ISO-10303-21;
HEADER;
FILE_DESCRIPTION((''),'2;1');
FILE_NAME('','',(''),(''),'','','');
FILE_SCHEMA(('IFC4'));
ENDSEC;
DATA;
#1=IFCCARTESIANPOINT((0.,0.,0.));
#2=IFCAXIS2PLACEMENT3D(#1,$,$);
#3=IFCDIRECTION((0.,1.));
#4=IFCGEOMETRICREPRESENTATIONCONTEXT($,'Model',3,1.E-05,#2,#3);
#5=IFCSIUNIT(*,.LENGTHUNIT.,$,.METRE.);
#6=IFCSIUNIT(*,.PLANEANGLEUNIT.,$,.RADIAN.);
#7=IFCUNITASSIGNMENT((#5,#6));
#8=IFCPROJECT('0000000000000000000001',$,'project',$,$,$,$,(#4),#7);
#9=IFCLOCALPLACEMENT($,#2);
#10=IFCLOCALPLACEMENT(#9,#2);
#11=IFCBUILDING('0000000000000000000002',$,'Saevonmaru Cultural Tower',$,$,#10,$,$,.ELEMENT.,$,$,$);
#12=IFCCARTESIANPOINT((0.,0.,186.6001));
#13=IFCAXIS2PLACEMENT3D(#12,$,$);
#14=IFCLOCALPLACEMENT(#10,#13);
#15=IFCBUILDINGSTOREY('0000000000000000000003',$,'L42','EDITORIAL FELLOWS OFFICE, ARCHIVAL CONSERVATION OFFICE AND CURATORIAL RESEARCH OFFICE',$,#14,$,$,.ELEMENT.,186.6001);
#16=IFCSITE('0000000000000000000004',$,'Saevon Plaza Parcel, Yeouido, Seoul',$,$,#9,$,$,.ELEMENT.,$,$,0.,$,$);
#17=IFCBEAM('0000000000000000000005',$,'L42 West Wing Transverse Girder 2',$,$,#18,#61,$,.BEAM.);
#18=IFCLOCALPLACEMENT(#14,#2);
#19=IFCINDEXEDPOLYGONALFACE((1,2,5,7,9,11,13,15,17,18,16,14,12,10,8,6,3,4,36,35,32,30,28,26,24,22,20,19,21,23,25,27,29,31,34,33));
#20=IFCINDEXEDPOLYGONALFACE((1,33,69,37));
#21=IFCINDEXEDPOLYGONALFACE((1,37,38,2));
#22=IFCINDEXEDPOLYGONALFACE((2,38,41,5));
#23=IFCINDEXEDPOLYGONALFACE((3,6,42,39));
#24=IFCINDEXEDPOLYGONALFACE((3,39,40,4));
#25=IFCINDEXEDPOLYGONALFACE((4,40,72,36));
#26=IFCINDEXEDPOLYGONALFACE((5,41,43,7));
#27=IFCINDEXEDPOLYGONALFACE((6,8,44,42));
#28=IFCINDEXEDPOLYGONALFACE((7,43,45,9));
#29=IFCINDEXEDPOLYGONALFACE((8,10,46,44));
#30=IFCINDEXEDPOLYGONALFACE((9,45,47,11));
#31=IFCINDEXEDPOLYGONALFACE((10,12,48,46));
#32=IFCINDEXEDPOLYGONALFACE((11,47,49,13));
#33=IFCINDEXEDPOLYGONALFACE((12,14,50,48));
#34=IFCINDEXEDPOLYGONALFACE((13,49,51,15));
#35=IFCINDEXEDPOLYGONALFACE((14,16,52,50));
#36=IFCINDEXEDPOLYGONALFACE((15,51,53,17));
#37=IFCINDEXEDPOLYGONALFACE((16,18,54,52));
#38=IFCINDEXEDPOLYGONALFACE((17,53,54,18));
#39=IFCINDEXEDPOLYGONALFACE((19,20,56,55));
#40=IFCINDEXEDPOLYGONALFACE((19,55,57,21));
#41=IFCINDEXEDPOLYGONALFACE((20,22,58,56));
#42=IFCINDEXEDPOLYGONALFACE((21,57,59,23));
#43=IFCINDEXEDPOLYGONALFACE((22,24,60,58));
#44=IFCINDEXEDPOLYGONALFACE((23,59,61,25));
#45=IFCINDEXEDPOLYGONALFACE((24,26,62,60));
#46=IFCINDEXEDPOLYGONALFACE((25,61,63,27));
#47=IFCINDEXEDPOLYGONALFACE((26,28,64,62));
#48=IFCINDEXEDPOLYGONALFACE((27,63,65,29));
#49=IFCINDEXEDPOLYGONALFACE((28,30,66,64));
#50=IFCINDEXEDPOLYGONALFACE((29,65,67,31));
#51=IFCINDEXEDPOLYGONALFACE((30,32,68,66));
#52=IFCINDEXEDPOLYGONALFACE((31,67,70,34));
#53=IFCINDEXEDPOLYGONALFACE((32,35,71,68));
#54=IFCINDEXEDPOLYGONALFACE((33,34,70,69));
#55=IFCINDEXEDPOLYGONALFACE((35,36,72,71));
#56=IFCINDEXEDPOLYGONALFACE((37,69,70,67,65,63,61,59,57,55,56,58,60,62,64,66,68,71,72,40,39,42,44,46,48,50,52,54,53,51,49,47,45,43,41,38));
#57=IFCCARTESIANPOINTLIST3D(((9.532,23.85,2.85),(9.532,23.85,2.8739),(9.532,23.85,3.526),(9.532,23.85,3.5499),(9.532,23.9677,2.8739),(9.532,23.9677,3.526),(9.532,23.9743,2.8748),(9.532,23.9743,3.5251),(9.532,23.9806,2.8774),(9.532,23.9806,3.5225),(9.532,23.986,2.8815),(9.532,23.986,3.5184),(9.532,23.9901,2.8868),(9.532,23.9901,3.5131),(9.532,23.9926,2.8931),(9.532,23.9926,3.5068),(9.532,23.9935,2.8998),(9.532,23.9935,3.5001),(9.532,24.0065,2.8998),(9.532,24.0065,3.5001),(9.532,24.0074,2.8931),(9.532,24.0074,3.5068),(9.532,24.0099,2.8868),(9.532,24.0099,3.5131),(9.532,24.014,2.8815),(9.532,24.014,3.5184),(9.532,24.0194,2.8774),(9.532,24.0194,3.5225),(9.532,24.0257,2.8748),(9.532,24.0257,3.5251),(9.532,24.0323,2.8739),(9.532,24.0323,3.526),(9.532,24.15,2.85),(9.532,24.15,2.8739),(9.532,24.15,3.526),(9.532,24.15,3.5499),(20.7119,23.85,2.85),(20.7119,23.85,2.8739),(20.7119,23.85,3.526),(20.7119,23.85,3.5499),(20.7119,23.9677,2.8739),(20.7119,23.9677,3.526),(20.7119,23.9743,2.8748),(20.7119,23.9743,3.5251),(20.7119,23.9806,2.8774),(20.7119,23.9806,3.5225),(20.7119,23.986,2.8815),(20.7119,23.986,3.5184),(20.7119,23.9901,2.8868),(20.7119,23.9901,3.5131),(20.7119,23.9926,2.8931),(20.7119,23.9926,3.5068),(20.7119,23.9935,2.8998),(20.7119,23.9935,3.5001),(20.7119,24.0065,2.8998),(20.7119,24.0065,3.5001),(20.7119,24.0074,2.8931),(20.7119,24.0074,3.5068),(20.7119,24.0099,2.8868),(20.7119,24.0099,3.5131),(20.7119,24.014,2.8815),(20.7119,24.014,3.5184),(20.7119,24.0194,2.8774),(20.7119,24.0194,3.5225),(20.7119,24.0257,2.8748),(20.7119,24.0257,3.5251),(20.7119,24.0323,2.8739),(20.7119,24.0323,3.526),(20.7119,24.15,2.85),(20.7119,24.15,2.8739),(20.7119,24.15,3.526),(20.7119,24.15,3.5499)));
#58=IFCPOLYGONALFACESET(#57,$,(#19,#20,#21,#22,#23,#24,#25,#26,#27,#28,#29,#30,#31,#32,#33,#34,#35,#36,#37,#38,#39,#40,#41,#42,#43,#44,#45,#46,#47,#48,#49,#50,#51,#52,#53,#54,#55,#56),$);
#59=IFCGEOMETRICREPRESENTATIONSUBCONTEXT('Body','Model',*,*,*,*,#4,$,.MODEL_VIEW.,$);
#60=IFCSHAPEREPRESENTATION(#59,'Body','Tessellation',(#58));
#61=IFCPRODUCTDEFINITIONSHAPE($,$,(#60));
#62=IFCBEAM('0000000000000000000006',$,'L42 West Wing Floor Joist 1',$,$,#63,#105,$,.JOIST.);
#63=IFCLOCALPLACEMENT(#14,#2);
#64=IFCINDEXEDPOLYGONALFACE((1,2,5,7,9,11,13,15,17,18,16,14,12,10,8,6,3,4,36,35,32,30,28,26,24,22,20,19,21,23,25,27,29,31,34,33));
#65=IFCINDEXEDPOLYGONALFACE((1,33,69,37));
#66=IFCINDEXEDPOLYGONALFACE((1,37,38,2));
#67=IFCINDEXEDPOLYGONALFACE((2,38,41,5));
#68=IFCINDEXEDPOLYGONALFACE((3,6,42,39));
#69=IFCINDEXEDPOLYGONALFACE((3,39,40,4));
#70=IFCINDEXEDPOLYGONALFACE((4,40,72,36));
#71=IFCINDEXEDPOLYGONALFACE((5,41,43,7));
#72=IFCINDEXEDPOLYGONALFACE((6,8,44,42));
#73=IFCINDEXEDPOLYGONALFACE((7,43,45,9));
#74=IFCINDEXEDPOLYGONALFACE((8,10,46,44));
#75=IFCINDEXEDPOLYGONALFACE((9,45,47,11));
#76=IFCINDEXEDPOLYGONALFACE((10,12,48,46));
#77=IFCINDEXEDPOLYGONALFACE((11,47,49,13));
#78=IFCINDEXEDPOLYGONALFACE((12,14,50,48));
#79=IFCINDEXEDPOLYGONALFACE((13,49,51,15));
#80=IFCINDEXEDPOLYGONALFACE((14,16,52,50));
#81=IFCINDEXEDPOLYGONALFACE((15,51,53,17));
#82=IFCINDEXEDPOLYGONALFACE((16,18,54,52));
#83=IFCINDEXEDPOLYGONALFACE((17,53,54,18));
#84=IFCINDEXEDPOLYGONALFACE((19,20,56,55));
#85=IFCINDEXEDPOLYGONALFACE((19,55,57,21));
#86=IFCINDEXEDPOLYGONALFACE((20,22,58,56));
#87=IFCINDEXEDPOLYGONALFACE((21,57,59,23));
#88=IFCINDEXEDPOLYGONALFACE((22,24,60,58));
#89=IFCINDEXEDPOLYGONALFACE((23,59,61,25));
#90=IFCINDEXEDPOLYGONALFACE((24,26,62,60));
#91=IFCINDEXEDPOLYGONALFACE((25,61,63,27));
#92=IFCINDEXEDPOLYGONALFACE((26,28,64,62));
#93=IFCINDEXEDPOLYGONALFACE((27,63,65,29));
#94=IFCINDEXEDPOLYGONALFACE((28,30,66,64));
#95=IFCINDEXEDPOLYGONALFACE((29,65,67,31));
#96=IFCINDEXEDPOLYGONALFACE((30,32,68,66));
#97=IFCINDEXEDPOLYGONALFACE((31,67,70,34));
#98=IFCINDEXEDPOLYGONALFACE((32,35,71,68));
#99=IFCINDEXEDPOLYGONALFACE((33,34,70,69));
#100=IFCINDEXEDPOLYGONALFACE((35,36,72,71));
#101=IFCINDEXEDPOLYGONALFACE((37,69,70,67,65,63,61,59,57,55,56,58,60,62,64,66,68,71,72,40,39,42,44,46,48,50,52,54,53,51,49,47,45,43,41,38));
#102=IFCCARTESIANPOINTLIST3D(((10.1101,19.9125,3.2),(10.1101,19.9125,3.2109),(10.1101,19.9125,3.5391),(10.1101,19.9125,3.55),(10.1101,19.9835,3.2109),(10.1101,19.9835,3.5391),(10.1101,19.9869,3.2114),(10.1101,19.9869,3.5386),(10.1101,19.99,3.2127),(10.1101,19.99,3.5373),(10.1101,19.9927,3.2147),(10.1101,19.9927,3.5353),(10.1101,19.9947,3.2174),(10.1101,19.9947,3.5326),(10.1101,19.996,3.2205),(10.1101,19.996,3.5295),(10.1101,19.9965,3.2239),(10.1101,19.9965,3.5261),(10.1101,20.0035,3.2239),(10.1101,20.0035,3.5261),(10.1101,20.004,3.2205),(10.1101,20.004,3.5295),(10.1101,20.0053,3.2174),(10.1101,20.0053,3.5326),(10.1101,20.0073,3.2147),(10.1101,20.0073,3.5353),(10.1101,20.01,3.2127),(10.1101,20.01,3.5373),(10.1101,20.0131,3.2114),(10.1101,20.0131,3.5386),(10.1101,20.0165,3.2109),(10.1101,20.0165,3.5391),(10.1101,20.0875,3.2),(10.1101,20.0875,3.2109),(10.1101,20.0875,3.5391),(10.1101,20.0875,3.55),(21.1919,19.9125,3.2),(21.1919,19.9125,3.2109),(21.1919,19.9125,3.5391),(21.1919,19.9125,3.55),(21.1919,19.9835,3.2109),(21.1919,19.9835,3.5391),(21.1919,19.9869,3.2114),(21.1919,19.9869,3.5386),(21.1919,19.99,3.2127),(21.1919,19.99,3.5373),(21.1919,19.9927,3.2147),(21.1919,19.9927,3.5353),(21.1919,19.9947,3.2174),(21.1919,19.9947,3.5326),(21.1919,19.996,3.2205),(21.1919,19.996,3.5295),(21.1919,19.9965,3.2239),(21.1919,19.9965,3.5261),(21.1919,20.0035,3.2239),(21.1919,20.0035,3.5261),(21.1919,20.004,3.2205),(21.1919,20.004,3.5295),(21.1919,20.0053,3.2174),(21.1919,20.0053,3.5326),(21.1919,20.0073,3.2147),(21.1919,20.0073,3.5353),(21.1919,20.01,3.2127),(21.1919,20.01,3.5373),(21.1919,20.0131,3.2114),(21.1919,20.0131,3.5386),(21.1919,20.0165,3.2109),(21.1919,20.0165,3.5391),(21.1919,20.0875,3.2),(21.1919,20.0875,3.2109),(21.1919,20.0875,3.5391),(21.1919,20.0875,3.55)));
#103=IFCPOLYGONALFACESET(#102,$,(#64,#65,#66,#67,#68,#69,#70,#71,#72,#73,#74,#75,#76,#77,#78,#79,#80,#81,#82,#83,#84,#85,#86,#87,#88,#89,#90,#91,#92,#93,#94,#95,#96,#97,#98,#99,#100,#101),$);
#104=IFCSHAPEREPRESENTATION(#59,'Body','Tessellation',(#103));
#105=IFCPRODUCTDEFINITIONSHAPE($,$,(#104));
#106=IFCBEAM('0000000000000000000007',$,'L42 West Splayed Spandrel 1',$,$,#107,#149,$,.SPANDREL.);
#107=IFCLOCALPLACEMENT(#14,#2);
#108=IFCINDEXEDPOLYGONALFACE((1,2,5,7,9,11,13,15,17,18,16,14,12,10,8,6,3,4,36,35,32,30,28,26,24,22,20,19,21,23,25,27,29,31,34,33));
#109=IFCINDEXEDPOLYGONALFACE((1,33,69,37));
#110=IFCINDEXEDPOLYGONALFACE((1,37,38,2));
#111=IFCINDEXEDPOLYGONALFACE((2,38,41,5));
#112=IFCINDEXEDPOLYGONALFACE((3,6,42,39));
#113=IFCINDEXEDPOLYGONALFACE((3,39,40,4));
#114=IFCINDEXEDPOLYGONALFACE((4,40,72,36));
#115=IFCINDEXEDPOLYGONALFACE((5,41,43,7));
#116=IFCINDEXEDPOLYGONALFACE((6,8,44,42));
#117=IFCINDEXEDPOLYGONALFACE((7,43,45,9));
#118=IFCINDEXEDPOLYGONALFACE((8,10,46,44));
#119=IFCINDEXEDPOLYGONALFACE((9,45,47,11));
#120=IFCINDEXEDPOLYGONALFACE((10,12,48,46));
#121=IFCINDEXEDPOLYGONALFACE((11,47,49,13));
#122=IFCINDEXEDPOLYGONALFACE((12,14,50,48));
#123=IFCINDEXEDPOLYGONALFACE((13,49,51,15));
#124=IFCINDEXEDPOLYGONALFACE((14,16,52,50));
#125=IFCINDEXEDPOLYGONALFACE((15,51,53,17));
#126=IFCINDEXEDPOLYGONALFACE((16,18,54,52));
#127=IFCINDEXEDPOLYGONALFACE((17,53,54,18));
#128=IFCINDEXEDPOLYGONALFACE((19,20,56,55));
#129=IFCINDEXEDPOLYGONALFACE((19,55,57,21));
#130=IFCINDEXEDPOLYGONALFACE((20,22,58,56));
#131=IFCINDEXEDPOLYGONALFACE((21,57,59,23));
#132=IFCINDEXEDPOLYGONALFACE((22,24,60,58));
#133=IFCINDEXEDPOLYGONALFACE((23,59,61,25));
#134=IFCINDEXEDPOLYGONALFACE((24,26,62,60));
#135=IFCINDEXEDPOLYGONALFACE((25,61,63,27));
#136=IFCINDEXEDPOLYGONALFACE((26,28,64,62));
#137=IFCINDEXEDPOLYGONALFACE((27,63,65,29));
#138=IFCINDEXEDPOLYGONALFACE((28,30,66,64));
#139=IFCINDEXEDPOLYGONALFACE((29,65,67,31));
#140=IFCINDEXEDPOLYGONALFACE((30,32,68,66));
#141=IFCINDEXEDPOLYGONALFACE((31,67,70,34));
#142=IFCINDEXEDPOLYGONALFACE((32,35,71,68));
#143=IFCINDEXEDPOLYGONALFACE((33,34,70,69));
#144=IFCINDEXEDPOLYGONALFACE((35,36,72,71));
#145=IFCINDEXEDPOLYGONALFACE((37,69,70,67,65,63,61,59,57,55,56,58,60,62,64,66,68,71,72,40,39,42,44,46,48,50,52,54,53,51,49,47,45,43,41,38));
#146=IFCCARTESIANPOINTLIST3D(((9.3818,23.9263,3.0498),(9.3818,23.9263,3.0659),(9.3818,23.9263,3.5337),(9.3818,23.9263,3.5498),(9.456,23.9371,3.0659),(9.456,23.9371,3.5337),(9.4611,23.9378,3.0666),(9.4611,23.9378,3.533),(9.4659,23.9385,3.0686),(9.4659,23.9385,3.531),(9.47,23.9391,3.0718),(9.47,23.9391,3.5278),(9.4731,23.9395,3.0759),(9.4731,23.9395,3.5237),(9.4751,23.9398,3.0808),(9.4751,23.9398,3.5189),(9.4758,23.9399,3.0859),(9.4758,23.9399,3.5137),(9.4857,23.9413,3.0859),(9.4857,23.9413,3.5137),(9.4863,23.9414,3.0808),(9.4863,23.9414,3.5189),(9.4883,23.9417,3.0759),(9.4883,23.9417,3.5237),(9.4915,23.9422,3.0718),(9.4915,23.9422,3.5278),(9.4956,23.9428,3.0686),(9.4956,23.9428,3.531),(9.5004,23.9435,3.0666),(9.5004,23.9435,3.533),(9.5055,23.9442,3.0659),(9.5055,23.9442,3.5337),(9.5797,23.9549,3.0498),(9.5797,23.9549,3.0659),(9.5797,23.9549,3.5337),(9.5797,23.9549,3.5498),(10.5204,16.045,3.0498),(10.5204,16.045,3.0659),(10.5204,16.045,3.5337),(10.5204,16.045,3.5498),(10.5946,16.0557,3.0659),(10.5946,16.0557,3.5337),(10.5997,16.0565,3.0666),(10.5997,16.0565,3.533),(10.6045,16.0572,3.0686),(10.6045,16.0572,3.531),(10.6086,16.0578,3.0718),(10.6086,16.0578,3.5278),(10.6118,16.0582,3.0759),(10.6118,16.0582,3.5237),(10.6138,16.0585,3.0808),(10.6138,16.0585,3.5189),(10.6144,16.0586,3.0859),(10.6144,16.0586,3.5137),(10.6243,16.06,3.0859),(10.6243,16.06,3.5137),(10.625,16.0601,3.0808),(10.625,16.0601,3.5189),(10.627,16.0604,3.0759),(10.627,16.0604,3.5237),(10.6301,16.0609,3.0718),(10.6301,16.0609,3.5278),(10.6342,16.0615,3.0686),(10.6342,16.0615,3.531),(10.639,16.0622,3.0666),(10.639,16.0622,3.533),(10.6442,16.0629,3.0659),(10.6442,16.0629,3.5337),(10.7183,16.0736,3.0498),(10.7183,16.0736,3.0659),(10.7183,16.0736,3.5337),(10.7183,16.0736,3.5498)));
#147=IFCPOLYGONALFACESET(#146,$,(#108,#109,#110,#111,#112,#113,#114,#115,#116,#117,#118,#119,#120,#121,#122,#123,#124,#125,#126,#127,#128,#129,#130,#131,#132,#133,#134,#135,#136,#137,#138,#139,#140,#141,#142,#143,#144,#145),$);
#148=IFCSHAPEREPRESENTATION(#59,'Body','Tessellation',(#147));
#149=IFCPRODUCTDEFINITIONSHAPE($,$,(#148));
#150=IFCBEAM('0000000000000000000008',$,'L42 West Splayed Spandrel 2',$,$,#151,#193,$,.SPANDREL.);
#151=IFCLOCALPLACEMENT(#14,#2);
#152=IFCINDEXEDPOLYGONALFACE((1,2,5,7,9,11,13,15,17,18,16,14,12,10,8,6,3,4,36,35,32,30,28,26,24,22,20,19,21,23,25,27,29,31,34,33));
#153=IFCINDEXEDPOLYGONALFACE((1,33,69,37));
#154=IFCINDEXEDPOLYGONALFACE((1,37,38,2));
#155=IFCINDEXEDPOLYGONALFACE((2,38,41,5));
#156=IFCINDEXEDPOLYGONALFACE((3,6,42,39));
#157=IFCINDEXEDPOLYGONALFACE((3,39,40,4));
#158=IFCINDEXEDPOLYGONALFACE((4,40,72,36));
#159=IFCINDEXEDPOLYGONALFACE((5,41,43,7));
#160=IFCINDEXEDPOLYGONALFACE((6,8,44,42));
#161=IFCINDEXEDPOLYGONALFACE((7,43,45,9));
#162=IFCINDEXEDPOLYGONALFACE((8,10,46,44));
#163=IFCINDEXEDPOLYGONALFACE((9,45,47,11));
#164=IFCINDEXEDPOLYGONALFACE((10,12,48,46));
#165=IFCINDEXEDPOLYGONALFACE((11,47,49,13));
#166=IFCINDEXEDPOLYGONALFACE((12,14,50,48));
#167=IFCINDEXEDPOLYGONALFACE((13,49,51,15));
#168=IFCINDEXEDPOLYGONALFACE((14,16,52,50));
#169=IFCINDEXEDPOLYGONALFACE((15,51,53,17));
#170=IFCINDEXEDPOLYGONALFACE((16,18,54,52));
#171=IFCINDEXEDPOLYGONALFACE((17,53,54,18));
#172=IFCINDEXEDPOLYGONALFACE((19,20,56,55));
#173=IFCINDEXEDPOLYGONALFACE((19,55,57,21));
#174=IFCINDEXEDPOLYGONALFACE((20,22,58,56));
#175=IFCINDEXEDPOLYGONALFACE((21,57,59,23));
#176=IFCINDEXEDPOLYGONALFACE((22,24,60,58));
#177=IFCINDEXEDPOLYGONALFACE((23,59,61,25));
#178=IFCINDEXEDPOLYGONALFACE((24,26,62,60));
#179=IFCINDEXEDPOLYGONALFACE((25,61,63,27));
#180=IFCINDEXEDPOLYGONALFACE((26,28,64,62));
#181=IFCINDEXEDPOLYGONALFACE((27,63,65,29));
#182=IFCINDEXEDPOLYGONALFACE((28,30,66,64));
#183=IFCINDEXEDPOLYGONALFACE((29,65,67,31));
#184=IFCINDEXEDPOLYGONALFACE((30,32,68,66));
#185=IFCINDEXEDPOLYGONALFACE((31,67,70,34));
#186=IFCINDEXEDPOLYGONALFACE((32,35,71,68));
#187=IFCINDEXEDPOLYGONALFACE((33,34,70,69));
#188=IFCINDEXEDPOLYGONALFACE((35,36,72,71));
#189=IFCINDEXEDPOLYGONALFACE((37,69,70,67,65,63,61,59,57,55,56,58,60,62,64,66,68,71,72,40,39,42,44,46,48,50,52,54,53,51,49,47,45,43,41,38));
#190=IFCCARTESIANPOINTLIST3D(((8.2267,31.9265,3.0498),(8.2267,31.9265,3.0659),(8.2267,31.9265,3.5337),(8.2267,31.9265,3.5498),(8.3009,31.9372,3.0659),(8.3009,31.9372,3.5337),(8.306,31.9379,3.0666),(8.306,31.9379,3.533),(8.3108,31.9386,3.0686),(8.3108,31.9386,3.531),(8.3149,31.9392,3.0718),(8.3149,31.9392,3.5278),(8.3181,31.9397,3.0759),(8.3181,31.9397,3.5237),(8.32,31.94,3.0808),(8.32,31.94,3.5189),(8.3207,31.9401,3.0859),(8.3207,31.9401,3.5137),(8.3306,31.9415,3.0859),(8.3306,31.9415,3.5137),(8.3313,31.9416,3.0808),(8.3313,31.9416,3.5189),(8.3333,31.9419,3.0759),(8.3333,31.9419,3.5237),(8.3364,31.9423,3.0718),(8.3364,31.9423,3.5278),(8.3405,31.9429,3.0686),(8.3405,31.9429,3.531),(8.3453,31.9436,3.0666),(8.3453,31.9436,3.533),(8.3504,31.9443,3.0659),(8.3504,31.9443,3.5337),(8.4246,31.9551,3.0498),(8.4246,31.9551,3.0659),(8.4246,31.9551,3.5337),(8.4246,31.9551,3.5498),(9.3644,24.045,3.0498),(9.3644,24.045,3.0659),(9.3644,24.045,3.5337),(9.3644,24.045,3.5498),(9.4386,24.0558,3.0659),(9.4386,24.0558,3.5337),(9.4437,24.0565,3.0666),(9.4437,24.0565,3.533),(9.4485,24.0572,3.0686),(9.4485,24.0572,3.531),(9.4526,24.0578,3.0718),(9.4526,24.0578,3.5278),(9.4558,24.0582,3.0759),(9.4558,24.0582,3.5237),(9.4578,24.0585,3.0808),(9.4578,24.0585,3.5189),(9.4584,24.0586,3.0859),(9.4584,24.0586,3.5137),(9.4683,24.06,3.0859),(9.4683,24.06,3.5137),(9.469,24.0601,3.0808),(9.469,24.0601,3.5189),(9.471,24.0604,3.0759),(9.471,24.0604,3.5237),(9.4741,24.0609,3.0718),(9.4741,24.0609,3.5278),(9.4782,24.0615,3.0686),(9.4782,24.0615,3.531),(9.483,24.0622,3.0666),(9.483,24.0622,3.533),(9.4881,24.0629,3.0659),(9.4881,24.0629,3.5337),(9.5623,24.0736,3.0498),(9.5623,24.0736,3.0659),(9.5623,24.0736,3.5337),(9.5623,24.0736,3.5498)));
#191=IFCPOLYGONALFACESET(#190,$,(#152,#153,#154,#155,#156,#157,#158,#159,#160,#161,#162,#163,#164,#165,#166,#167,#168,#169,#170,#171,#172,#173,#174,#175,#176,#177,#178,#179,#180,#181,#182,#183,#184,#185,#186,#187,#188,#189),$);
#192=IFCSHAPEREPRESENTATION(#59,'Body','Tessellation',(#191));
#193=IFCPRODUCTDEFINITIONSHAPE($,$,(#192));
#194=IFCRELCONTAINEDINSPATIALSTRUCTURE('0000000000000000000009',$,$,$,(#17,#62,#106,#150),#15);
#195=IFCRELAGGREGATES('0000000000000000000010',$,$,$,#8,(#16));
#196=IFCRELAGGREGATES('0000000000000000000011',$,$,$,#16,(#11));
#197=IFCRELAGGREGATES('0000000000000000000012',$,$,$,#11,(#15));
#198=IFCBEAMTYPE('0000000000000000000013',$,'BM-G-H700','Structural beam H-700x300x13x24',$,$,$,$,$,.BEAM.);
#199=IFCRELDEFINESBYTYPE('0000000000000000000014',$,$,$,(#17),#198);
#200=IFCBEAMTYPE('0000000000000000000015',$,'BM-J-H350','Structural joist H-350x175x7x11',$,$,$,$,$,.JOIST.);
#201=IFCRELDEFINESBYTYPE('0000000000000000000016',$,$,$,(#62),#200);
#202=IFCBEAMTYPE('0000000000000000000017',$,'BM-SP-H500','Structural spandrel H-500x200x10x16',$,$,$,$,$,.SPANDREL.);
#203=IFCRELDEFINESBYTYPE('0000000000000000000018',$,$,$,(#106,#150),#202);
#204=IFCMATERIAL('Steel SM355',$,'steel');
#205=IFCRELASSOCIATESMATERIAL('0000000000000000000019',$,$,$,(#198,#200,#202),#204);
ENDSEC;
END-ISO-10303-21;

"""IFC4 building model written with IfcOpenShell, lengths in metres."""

from ifc_helpers import new_model, si_unit, direction, frame, origin, origin_2d, place, context, subcontext, project, spatial, i_section, extrude, material, material_profile, profile_set, type_object, element, save


model = new_model("IFC4")

# Units and contexts
model_context = context("Model", 3, precision=1e-05, world=origin(), true_north=direction((0.0, 1.0)))
body_context = subcontext(model_context, "Body", "Model", "MODEL_VIEW")
ifc_project = project(units=[si_unit("LENGTHUNIT", "METRE"), si_unit("PLANEANGLEUNIT", "RADIAN")], contexts=[model_context])

# Site, building, storey
site_placement = place(None, origin())
site = spatial("IfcSite", under=ifc_project, at=site_placement, Name="Saevon Plaza Parcel, Yeouido, Seoul", CompositionType="ELEMENT", RefElevation=0.0)
building_placement = place(site_placement, origin())
building = spatial("IfcBuilding", under=site, at=building_placement, Name="Saevonmaru Cultural Tower", CompositionType="ELEMENT")
storey_placement = place(building_placement, frame((0.0, 0.0, 186.6001)))
storey = spatial("IfcBuildingStorey", under=building, at=storey_placement, Name="L42", Description="EDITORIAL FELLOWS OFFICE, ARCHIVAL CONSERVATION OFFICE AND CURATORIAL RESEARCH OFFICE", CompositionType="ELEMENT", Elevation=186.6001)

# Shared definitions
ifc_material_1 = material(Name="Steel SM355", Category="steel")

# Beams
ifc_material_profile_1 = material_profile(ifc_material_1, i_section(OverallWidth=0.3, OverallDepth=0.7, WebThickness=0.0129, FlangeThickness=0.0239, FilletRadius=0.0259, at=origin_2d()), Name="H-700x300x13x24")
ifc_profile_set_1 = profile_set([ifc_material_profile_1], Name="Steel SM355")
beam_type_1 = type_object("IfcBeamType", Name="BM-G-H700", Description="Structural beam H-700x300x13x24", PredefinedType="BEAM", material=ifc_profile_set_1)
for number, where, z_axis, x_axis, name in (
    (1, (9.532, 24.0, 3.2), (1.0, 0.0, 0.0), (0.0, 1.0, 0.0), "L42 West Wing Transverse Girder 2"),
):
    element("IfcBeam", number, at=place(storey_placement, frame(where, z_axis=z_axis, x_axis=x_axis)), inside=storey, type_object=beam_type_1, Name=name, PredefinedType="BEAM", context=body_context, shape_type="SweptSolid", body=[
        extrude(i_section(OverallWidth=0.3, OverallDepth=0.7, WebThickness=0.0129, FlangeThickness=0.0239, FilletRadius=0.0259, at=origin_2d()), origin(), (0.0, 0.0, 1.0), 11.1799),
    ])
ifc_material_profile_2 = material_profile(ifc_material_1, i_section(OverallWidth=0.175, OverallDepth=0.3501, WebThickness=0.0071, FlangeThickness=0.011, FilletRadius=0.0129, at=origin_2d()), Name="H-350x175x7x11")
ifc_profile_set_2 = profile_set([ifc_material_profile_2], Name="Steel SM355")
beam_type_2 = type_object("IfcBeamType", Name="BM-J-H350", Description="Structural joist H-350x175x7x11", PredefinedType="JOIST", material=ifc_profile_set_2)
beam_1_placement = place(storey_placement, frame((10.1101, 20.0, 3.375), z_axis=(1.0, 0.0, 0.0), x_axis=(0.0, 1.0, 0.0)))
element("IfcBeam", 2, at=beam_1_placement, inside=storey, type_object=beam_type_2, Name="L42 West Wing Floor Joist 1", PredefinedType="JOIST", context=body_context, shape_type="SweptSolid", body=[
    extrude(i_section(OverallWidth=0.175, OverallDepth=0.3501, WebThickness=0.0071, FlangeThickness=0.011, FilletRadius=0.0129, at=origin_2d()), origin(), (0.0, 0.0, 1.0), 11.0818),
])
ifc_material_profile_3 = material_profile(ifc_material_1, i_section(OverallWidth=0.2, OverallDepth=0.5, WebThickness=0.01, FlangeThickness=0.0161, FilletRadius=0.02, at=origin_2d()), Name="H-500x200x10x16")
ifc_profile_set_3 = profile_set([ifc_material_profile_3], Name="Steel SM355")
beam_type_3 = type_object("IfcBeamType", Name="BM-SP-H500", Description="Structural spandrel H-500x200x10x16", PredefinedType="SPANDREL", material=ifc_profile_set_3)
for number, where, z_axis, x_axis, name in (
    (3, (10.6194, 16.0593, 3.2998), (-0.142992, 0.989724, 0.0), (-0.989724, -0.142992, 0.0), "L42 West Splayed Spandrel 1"),
    (4, (9.4634, 24.0593, 3.2998), (-0.142872, 0.989741, 0.0), (-0.989741, -0.142872, 0.0), "L42 West Splayed Spandrel 2"),
):
    element("IfcBeam", number, at=place(storey_placement, frame(where, z_axis=z_axis, x_axis=x_axis)), inside=storey, type_object=beam_type_3, Name=name, PredefinedType="SPANDREL", context=body_context, shape_type="SweptSolid", body=[
        extrude(i_section(OverallWidth=0.2, OverallDepth=0.5, WebThickness=0.01, FlangeThickness=0.0161, FilletRadius=0.02, at=origin_2d()), origin(), (0.0, 0.0, 1.0), 7.9631),
    ])

save(model, "model.ifc")
